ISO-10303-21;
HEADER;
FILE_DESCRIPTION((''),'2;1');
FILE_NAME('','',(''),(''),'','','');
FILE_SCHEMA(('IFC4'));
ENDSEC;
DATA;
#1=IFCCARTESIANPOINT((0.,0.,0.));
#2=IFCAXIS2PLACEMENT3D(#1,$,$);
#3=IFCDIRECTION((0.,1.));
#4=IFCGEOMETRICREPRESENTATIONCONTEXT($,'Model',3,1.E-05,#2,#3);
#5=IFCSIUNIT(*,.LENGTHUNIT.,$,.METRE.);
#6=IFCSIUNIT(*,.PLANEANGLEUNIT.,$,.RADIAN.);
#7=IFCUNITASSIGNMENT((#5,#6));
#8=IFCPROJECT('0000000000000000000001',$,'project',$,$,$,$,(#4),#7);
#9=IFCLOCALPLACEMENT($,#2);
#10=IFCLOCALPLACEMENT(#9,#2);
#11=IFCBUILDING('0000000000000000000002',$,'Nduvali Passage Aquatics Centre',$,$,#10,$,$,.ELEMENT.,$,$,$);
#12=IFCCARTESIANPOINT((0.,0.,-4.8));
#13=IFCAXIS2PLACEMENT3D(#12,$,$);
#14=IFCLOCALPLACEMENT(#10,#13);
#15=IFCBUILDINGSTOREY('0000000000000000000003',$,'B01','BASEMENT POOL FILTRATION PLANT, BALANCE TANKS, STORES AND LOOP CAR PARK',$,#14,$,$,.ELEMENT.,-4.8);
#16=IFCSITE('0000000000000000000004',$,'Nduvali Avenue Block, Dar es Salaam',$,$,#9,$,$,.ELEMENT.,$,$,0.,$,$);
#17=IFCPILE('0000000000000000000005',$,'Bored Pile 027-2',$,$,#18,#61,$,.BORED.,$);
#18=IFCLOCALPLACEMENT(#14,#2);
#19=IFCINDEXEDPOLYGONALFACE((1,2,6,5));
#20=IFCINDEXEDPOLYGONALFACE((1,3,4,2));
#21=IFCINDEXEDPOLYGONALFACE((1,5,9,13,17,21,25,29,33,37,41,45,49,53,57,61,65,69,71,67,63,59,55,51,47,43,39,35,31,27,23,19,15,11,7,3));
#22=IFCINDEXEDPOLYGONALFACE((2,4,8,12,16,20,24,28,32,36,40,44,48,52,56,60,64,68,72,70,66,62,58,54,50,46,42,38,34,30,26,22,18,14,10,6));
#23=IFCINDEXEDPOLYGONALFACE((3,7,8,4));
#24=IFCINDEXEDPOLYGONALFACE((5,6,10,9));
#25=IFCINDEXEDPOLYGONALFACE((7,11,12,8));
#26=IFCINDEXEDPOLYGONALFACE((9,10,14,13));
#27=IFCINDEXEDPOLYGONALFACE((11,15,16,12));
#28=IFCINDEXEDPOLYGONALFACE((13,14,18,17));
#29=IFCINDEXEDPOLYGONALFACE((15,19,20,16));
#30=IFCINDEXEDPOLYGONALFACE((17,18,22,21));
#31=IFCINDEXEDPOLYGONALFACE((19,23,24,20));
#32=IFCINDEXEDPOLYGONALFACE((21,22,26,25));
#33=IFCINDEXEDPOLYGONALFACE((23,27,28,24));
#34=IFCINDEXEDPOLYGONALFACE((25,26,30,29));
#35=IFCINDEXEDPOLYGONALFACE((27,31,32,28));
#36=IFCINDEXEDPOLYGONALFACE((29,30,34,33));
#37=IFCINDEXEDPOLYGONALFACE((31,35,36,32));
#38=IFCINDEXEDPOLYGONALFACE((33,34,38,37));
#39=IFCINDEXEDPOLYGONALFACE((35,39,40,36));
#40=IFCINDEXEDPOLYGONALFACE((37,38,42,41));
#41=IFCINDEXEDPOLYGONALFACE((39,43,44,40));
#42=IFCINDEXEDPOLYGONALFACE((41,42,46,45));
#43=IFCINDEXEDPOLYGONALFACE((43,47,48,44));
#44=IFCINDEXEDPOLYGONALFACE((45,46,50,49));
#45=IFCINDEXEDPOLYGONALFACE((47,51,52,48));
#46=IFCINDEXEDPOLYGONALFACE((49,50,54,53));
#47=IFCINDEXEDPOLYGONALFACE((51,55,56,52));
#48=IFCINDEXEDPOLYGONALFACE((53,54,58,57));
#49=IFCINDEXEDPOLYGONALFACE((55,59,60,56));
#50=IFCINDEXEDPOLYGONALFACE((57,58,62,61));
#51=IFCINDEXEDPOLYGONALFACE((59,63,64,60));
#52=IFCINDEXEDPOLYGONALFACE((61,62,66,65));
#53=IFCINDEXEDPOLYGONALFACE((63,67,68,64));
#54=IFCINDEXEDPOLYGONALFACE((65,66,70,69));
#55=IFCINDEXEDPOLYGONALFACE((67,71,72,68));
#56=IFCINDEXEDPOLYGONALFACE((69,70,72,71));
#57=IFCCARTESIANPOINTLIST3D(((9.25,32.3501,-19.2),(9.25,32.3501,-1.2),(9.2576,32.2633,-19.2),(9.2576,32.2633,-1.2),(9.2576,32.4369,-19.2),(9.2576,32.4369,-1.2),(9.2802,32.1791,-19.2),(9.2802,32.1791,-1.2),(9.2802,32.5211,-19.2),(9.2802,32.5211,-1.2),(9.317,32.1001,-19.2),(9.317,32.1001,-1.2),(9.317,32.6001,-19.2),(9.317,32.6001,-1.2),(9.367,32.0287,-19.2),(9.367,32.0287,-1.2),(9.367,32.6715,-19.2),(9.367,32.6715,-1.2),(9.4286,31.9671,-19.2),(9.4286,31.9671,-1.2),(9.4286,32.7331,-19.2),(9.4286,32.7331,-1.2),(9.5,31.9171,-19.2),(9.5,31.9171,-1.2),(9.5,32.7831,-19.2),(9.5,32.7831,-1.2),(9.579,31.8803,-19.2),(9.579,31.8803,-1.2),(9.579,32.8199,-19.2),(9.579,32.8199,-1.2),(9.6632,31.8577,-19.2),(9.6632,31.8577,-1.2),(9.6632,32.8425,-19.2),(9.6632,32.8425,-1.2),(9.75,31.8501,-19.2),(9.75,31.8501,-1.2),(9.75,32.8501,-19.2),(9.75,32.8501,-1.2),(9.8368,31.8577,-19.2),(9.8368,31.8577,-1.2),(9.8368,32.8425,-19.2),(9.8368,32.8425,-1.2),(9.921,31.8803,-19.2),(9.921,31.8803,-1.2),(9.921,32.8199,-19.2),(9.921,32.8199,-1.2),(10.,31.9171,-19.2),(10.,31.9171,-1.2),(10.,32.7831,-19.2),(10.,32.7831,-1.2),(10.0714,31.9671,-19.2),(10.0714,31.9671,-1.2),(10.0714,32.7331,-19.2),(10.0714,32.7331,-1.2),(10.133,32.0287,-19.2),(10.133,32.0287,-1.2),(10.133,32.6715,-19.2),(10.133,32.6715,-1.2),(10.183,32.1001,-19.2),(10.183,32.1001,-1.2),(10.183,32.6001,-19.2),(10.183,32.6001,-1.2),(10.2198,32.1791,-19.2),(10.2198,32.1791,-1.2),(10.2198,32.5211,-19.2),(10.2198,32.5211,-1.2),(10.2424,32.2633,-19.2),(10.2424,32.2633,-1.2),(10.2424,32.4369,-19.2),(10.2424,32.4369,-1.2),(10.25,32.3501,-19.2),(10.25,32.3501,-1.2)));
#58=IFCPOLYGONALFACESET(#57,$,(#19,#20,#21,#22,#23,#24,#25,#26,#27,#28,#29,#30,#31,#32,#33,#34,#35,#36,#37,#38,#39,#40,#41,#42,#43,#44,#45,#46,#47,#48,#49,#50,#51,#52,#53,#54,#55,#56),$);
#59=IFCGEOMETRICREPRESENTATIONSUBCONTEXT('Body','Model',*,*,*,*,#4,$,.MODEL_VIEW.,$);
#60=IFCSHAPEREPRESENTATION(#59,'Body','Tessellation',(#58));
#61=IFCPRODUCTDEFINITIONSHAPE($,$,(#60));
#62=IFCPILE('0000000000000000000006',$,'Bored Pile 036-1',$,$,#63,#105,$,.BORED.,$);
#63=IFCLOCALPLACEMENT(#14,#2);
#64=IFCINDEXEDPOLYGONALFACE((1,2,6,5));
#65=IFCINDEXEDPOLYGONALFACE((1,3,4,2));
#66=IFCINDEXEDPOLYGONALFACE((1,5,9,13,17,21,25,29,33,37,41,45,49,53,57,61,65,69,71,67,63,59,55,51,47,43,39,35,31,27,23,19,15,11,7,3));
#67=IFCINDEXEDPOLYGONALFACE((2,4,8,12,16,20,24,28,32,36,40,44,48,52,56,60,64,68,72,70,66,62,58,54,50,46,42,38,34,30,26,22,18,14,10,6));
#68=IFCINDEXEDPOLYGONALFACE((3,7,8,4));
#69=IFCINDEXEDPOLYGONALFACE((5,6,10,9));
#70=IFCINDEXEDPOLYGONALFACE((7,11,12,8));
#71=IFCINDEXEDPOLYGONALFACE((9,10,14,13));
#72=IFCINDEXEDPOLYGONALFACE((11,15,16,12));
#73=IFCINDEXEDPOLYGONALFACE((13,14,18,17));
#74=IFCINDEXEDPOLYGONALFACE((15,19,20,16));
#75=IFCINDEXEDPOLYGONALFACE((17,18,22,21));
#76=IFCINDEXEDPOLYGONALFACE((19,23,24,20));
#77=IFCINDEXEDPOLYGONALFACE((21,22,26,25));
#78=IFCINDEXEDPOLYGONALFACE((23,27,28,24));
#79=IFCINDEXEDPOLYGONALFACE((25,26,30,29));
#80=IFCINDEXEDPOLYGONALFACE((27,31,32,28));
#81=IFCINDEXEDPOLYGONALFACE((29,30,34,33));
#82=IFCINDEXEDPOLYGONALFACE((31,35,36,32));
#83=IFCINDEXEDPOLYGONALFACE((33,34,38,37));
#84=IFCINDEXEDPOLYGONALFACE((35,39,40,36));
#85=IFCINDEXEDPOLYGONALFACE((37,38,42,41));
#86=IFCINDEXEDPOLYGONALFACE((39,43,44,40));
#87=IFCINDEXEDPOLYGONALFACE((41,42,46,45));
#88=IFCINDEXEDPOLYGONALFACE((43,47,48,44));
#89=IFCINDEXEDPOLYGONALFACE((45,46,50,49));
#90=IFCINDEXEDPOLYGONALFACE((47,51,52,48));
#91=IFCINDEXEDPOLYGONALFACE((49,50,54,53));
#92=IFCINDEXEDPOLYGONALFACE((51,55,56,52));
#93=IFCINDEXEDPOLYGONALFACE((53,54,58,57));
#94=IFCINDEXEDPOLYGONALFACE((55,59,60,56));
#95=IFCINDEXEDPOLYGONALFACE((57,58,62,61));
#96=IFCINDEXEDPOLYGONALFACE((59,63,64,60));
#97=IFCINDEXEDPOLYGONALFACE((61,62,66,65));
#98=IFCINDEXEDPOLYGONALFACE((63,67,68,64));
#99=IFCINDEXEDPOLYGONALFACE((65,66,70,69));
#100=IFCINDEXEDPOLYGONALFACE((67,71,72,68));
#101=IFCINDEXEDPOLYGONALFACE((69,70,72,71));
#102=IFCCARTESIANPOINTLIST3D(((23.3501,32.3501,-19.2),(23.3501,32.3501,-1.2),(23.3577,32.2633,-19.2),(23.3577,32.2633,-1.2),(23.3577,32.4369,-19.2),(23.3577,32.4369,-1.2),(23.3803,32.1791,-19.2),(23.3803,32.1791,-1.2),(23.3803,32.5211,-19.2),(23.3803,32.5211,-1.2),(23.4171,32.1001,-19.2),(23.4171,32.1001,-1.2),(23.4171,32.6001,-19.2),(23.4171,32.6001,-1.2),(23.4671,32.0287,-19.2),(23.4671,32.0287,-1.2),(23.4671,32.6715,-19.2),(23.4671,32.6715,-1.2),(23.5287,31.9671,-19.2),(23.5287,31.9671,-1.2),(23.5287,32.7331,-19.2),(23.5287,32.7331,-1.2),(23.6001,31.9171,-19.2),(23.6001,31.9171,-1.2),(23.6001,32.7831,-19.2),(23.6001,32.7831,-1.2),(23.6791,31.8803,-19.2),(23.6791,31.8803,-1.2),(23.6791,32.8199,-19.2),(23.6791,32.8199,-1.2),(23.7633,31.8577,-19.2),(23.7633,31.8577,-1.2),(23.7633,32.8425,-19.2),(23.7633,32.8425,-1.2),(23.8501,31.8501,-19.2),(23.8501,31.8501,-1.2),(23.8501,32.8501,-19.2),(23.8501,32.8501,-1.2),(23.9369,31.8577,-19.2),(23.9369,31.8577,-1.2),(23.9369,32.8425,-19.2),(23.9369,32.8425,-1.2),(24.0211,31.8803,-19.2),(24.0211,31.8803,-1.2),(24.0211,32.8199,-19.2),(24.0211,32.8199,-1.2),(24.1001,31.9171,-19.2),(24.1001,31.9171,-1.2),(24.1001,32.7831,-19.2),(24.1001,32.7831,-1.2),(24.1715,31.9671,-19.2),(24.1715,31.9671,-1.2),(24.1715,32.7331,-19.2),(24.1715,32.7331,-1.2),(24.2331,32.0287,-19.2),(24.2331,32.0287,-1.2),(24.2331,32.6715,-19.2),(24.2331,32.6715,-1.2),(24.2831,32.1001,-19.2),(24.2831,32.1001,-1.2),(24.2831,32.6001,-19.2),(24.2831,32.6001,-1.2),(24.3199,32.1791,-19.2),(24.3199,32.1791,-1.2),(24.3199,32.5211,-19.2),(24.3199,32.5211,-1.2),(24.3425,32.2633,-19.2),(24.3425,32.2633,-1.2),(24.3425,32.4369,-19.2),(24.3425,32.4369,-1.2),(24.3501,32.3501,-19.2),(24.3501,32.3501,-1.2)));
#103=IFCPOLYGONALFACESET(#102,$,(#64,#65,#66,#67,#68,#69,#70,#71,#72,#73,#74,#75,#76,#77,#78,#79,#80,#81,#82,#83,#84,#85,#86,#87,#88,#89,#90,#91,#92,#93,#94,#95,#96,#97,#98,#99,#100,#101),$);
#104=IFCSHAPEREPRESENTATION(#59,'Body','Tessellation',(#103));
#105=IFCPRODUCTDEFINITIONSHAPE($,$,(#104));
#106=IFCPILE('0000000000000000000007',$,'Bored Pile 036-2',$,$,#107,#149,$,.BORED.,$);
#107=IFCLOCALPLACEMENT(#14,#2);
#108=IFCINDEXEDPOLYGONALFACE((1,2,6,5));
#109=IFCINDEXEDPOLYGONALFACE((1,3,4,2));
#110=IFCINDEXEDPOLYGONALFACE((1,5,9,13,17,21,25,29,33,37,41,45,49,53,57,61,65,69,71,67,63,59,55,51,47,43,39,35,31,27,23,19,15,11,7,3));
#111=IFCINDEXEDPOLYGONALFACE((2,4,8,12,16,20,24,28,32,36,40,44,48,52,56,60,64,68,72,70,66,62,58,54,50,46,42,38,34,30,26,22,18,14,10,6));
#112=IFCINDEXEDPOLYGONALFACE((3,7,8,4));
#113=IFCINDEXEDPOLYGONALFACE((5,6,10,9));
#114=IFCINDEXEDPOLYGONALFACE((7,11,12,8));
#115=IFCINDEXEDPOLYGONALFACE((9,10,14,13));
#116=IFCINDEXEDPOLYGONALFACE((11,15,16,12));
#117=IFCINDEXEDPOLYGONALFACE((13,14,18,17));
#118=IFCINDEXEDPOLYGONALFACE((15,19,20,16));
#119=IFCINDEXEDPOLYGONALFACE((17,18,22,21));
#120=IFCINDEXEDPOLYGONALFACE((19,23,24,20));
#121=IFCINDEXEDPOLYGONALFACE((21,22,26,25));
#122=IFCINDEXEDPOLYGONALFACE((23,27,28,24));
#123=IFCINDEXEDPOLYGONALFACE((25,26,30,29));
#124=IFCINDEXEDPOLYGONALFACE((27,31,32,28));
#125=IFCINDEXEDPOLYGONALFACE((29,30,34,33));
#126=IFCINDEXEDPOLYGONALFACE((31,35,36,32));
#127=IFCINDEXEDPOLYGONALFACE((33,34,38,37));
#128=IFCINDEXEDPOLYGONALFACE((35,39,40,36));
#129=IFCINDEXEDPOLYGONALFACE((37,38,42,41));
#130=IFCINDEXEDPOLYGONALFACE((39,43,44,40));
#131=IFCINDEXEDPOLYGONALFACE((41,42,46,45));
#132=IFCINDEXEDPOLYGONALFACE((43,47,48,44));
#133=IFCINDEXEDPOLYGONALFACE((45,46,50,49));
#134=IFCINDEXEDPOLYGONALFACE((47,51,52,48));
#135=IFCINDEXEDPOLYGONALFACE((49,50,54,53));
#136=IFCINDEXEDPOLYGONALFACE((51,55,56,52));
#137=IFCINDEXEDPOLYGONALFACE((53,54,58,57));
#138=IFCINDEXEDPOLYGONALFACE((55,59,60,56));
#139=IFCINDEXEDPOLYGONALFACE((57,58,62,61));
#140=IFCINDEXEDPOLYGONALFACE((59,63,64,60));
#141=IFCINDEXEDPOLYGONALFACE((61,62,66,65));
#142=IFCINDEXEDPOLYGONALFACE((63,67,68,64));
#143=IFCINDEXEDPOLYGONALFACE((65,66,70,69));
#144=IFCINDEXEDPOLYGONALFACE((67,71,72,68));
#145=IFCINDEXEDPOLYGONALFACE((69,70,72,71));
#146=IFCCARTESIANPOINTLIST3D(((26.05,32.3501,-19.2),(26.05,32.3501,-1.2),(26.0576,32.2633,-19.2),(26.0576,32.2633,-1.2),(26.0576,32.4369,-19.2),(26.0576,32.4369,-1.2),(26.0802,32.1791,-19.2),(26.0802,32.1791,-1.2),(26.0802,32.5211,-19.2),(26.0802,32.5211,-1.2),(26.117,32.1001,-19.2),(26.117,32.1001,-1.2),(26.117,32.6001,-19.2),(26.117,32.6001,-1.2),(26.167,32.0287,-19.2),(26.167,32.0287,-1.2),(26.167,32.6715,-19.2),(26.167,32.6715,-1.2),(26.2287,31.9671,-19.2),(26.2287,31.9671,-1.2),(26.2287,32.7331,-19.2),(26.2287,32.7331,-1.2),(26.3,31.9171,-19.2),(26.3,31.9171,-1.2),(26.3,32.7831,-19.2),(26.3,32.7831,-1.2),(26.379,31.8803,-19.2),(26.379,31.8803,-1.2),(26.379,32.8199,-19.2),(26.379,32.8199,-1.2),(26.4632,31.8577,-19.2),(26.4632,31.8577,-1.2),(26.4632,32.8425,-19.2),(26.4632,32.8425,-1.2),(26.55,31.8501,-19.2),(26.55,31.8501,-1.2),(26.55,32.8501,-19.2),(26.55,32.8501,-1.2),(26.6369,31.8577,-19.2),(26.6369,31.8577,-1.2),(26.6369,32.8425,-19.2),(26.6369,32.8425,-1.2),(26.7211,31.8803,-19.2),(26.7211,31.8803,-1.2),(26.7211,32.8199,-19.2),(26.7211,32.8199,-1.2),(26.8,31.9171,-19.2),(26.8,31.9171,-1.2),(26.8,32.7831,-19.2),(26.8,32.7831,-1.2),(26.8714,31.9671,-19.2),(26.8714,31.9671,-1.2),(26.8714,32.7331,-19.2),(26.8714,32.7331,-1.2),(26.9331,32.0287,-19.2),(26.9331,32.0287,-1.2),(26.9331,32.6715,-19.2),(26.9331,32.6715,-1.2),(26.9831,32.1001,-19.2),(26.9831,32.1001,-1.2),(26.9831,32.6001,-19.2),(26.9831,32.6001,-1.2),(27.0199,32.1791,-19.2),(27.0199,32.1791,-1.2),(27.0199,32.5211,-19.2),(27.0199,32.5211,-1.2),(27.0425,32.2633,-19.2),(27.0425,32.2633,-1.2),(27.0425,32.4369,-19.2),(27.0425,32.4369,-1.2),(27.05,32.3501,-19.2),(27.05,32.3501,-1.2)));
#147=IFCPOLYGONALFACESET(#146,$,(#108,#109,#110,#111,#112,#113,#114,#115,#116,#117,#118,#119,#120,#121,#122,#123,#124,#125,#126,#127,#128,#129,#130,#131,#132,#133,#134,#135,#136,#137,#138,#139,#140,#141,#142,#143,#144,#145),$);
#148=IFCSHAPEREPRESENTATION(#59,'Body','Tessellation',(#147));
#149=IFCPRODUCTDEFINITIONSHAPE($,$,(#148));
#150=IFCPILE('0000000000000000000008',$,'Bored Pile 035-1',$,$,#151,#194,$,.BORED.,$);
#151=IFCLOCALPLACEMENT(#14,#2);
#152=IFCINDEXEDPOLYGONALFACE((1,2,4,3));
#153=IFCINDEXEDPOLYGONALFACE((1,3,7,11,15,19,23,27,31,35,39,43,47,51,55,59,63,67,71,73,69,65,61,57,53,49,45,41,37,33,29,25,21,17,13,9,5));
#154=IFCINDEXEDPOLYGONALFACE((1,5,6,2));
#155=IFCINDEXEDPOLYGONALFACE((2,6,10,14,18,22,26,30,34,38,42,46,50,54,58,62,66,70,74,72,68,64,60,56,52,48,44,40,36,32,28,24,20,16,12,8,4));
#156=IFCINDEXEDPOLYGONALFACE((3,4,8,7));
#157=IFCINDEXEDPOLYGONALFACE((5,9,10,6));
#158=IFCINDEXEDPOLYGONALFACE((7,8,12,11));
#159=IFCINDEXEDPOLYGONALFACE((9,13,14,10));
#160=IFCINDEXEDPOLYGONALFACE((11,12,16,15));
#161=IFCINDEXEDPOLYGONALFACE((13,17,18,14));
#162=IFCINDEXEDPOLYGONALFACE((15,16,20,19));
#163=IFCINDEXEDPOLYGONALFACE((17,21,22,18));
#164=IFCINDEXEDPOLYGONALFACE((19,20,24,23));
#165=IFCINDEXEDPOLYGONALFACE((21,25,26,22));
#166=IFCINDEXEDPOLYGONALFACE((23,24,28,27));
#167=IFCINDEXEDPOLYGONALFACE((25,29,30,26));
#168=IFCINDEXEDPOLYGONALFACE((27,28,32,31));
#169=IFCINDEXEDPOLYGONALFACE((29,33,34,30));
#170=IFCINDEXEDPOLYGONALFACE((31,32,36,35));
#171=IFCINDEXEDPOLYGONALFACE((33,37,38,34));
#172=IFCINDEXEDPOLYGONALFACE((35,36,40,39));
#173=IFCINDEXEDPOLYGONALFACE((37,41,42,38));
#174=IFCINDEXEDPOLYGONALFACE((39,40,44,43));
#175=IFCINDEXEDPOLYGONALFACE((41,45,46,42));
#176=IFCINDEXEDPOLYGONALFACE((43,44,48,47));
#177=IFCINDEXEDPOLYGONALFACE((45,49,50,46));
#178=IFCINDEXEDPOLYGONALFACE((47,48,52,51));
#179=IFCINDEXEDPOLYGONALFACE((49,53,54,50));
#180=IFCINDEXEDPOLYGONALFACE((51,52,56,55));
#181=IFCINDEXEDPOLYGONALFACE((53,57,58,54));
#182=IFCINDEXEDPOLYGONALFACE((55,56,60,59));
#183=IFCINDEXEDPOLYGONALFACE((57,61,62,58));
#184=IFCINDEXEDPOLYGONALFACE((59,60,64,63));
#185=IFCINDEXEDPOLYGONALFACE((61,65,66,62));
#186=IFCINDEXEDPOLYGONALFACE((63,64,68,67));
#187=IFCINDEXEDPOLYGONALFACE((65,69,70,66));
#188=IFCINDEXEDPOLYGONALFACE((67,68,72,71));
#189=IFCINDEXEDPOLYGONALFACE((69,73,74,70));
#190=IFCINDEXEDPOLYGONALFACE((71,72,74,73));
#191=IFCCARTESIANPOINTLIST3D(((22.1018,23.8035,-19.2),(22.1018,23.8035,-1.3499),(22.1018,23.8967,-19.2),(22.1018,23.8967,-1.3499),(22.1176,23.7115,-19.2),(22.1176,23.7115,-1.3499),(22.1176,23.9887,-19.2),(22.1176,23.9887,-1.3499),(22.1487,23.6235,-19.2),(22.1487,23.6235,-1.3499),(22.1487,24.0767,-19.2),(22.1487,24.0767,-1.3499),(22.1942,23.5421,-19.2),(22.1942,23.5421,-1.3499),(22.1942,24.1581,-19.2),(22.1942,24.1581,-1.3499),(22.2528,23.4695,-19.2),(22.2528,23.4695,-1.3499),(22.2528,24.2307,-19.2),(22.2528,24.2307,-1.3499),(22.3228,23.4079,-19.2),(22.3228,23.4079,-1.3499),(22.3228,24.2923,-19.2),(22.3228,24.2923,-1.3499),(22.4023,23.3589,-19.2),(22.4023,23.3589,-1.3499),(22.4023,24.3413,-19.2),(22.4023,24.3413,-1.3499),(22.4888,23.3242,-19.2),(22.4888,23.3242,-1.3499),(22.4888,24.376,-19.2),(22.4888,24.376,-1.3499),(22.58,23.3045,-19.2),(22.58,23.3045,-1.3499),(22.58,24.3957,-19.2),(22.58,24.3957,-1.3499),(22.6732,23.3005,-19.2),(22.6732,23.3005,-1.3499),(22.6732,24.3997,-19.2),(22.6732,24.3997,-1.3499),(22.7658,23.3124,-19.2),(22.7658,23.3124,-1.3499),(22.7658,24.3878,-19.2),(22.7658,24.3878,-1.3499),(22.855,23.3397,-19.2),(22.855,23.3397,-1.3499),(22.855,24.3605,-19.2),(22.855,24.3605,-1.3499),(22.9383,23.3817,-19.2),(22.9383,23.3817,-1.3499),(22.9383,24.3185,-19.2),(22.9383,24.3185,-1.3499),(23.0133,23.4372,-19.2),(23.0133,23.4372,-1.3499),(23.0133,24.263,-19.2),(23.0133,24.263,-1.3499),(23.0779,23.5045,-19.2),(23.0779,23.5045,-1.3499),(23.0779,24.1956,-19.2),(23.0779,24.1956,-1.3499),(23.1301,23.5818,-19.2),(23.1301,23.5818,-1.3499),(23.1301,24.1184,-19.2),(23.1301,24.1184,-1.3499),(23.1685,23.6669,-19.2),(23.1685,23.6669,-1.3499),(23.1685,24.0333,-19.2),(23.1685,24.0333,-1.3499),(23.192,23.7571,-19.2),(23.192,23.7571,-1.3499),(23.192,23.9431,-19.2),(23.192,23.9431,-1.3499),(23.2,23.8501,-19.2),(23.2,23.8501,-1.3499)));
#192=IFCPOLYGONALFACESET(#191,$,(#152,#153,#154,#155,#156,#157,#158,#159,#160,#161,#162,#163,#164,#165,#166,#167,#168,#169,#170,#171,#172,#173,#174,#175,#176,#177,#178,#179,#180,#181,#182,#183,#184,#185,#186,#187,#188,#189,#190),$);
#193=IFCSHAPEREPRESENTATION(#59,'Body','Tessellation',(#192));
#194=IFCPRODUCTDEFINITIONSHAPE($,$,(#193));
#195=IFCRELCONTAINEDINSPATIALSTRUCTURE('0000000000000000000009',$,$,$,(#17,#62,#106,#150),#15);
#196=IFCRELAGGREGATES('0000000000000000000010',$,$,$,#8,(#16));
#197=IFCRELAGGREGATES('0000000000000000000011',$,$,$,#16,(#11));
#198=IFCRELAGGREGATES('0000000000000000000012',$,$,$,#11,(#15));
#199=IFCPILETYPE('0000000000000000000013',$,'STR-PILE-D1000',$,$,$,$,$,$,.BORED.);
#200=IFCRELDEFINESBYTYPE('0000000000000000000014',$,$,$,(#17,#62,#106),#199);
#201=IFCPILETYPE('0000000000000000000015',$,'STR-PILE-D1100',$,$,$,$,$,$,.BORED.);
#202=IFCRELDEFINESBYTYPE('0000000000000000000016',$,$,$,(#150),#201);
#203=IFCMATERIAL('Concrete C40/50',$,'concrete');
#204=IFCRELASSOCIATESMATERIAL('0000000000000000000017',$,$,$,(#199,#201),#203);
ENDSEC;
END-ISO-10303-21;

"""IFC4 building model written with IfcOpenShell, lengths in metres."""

from ifc_helpers import new_model, si_unit, direction, frame, origin, origin_2d, place, context, subcontext, project, spatial, circle, extrude, material, material_profile, profile_set, type_object, element, save


model = new_model("IFC4")

# Units and contexts
model_context = context("Model", 3, precision=1e-05, world=origin(), true_north=direction((0.0, 1.0)))
body_context = subcontext(model_context, "Body", "Model", "MODEL_VIEW")
ifc_project = project(units=[si_unit("LENGTHUNIT", "METRE"), si_unit("PLANEANGLEUNIT", "RADIAN")], contexts=[model_context])

# Site, building, storey
site_placement = place(None, origin())
site = spatial("IfcSite", under=ifc_project, at=site_placement, Name="Nduvali Avenue Block, Dar es Salaam", CompositionType="ELEMENT", RefElevation=0.0)
building_placement = place(site_placement, origin())
building = spatial("IfcBuilding", under=site, at=building_placement, Name="Nduvali Passage Aquatics Centre", CompositionType="ELEMENT")
storey_placement = place(building_placement, frame((0.0, 0.0, -4.8)))
storey = spatial("IfcBuildingStorey", under=building, at=storey_placement, Name="B01", Description="BASEMENT POOL FILTRATION PLANT, BALANCE TANKS, STORES AND LOOP CAR PARK", CompositionType="ELEMENT", Elevation=-4.8)

# Shared definitions
ifc_material_1 = material(Name="Concrete C40/50", Category="concrete")

# Piles
ifc_material_profile_1 = material_profile(ifc_material_1, circle(Radius=0.5, at=origin_2d()), Name="PILE D1000")
ifc_profile_set_1 = profile_set([ifc_material_profile_1], Name="Concrete C40/50")
pile_type_1 = type_object("IfcPileType", Name="STR-PILE-D1000", PredefinedType="BORED", material=ifc_profile_set_1)
for number, where, z_axis, x_axis, name in (
    (1, (9.75, 32.3501, -1.2), (0.0, 0.0, -1.0), (1.0, 0.0, 0.0), "Bored Pile 027-2"),
    (2, (23.8501, 32.3501, -1.2), (0.0, 0.0, -1.0), (1.0, 0.0, 0.0), "Bored Pile 036-1"),
    (3, (26.55, 32.3501, -1.2), (0.0, 0.0, -1.0), (1.0, 0.0, 0.0), "Bored Pile 036-2"),
):
    element("IfcPile", number, at=place(storey_placement, frame(where, z_axis=z_axis, x_axis=x_axis)), inside=storey, type_object=pile_type_1, Name=name, PredefinedType="BORED", context=body_context, shape_type="SweptSolid", body=[
        extrude(circle(Radius=0.5, at=origin_2d()), origin(), (0.0, 0.0, 1.0), 18.0),
    ])
ifc_material_profile_2 = material_profile(ifc_material_1, circle(Radius=0.55, at=origin_2d()), Name="PILE D1100")
ifc_profile_set_2 = profile_set([ifc_material_profile_2], Name="Concrete C40/50")
pile_type_2 = type_object("IfcPileType", Name="STR-PILE-D1100", PredefinedType="BORED", material=ifc_profile_set_2)
for number, where, z_axis, x_axis, name in (
    (4, (22.6499, 23.8501, -1.3499), (0.0, 0.0, -1.0), (1.0, 0.0, 0.0), "Bored Pile 035-1"),
):
    element("IfcPile", number, at=place(storey_placement, frame(where, z_axis=z_axis, x_axis=x_axis)), inside=storey, type_object=pile_type_2, Name=name, PredefinedType="BORED", context=body_context, shape_type="SweptSolid", body=[
        extrude(circle(Radius=0.55, at=origin_2d()), origin(), (0.0, 0.0, 1.0), 17.8501),
    ])

save(model, "model.ifc")
